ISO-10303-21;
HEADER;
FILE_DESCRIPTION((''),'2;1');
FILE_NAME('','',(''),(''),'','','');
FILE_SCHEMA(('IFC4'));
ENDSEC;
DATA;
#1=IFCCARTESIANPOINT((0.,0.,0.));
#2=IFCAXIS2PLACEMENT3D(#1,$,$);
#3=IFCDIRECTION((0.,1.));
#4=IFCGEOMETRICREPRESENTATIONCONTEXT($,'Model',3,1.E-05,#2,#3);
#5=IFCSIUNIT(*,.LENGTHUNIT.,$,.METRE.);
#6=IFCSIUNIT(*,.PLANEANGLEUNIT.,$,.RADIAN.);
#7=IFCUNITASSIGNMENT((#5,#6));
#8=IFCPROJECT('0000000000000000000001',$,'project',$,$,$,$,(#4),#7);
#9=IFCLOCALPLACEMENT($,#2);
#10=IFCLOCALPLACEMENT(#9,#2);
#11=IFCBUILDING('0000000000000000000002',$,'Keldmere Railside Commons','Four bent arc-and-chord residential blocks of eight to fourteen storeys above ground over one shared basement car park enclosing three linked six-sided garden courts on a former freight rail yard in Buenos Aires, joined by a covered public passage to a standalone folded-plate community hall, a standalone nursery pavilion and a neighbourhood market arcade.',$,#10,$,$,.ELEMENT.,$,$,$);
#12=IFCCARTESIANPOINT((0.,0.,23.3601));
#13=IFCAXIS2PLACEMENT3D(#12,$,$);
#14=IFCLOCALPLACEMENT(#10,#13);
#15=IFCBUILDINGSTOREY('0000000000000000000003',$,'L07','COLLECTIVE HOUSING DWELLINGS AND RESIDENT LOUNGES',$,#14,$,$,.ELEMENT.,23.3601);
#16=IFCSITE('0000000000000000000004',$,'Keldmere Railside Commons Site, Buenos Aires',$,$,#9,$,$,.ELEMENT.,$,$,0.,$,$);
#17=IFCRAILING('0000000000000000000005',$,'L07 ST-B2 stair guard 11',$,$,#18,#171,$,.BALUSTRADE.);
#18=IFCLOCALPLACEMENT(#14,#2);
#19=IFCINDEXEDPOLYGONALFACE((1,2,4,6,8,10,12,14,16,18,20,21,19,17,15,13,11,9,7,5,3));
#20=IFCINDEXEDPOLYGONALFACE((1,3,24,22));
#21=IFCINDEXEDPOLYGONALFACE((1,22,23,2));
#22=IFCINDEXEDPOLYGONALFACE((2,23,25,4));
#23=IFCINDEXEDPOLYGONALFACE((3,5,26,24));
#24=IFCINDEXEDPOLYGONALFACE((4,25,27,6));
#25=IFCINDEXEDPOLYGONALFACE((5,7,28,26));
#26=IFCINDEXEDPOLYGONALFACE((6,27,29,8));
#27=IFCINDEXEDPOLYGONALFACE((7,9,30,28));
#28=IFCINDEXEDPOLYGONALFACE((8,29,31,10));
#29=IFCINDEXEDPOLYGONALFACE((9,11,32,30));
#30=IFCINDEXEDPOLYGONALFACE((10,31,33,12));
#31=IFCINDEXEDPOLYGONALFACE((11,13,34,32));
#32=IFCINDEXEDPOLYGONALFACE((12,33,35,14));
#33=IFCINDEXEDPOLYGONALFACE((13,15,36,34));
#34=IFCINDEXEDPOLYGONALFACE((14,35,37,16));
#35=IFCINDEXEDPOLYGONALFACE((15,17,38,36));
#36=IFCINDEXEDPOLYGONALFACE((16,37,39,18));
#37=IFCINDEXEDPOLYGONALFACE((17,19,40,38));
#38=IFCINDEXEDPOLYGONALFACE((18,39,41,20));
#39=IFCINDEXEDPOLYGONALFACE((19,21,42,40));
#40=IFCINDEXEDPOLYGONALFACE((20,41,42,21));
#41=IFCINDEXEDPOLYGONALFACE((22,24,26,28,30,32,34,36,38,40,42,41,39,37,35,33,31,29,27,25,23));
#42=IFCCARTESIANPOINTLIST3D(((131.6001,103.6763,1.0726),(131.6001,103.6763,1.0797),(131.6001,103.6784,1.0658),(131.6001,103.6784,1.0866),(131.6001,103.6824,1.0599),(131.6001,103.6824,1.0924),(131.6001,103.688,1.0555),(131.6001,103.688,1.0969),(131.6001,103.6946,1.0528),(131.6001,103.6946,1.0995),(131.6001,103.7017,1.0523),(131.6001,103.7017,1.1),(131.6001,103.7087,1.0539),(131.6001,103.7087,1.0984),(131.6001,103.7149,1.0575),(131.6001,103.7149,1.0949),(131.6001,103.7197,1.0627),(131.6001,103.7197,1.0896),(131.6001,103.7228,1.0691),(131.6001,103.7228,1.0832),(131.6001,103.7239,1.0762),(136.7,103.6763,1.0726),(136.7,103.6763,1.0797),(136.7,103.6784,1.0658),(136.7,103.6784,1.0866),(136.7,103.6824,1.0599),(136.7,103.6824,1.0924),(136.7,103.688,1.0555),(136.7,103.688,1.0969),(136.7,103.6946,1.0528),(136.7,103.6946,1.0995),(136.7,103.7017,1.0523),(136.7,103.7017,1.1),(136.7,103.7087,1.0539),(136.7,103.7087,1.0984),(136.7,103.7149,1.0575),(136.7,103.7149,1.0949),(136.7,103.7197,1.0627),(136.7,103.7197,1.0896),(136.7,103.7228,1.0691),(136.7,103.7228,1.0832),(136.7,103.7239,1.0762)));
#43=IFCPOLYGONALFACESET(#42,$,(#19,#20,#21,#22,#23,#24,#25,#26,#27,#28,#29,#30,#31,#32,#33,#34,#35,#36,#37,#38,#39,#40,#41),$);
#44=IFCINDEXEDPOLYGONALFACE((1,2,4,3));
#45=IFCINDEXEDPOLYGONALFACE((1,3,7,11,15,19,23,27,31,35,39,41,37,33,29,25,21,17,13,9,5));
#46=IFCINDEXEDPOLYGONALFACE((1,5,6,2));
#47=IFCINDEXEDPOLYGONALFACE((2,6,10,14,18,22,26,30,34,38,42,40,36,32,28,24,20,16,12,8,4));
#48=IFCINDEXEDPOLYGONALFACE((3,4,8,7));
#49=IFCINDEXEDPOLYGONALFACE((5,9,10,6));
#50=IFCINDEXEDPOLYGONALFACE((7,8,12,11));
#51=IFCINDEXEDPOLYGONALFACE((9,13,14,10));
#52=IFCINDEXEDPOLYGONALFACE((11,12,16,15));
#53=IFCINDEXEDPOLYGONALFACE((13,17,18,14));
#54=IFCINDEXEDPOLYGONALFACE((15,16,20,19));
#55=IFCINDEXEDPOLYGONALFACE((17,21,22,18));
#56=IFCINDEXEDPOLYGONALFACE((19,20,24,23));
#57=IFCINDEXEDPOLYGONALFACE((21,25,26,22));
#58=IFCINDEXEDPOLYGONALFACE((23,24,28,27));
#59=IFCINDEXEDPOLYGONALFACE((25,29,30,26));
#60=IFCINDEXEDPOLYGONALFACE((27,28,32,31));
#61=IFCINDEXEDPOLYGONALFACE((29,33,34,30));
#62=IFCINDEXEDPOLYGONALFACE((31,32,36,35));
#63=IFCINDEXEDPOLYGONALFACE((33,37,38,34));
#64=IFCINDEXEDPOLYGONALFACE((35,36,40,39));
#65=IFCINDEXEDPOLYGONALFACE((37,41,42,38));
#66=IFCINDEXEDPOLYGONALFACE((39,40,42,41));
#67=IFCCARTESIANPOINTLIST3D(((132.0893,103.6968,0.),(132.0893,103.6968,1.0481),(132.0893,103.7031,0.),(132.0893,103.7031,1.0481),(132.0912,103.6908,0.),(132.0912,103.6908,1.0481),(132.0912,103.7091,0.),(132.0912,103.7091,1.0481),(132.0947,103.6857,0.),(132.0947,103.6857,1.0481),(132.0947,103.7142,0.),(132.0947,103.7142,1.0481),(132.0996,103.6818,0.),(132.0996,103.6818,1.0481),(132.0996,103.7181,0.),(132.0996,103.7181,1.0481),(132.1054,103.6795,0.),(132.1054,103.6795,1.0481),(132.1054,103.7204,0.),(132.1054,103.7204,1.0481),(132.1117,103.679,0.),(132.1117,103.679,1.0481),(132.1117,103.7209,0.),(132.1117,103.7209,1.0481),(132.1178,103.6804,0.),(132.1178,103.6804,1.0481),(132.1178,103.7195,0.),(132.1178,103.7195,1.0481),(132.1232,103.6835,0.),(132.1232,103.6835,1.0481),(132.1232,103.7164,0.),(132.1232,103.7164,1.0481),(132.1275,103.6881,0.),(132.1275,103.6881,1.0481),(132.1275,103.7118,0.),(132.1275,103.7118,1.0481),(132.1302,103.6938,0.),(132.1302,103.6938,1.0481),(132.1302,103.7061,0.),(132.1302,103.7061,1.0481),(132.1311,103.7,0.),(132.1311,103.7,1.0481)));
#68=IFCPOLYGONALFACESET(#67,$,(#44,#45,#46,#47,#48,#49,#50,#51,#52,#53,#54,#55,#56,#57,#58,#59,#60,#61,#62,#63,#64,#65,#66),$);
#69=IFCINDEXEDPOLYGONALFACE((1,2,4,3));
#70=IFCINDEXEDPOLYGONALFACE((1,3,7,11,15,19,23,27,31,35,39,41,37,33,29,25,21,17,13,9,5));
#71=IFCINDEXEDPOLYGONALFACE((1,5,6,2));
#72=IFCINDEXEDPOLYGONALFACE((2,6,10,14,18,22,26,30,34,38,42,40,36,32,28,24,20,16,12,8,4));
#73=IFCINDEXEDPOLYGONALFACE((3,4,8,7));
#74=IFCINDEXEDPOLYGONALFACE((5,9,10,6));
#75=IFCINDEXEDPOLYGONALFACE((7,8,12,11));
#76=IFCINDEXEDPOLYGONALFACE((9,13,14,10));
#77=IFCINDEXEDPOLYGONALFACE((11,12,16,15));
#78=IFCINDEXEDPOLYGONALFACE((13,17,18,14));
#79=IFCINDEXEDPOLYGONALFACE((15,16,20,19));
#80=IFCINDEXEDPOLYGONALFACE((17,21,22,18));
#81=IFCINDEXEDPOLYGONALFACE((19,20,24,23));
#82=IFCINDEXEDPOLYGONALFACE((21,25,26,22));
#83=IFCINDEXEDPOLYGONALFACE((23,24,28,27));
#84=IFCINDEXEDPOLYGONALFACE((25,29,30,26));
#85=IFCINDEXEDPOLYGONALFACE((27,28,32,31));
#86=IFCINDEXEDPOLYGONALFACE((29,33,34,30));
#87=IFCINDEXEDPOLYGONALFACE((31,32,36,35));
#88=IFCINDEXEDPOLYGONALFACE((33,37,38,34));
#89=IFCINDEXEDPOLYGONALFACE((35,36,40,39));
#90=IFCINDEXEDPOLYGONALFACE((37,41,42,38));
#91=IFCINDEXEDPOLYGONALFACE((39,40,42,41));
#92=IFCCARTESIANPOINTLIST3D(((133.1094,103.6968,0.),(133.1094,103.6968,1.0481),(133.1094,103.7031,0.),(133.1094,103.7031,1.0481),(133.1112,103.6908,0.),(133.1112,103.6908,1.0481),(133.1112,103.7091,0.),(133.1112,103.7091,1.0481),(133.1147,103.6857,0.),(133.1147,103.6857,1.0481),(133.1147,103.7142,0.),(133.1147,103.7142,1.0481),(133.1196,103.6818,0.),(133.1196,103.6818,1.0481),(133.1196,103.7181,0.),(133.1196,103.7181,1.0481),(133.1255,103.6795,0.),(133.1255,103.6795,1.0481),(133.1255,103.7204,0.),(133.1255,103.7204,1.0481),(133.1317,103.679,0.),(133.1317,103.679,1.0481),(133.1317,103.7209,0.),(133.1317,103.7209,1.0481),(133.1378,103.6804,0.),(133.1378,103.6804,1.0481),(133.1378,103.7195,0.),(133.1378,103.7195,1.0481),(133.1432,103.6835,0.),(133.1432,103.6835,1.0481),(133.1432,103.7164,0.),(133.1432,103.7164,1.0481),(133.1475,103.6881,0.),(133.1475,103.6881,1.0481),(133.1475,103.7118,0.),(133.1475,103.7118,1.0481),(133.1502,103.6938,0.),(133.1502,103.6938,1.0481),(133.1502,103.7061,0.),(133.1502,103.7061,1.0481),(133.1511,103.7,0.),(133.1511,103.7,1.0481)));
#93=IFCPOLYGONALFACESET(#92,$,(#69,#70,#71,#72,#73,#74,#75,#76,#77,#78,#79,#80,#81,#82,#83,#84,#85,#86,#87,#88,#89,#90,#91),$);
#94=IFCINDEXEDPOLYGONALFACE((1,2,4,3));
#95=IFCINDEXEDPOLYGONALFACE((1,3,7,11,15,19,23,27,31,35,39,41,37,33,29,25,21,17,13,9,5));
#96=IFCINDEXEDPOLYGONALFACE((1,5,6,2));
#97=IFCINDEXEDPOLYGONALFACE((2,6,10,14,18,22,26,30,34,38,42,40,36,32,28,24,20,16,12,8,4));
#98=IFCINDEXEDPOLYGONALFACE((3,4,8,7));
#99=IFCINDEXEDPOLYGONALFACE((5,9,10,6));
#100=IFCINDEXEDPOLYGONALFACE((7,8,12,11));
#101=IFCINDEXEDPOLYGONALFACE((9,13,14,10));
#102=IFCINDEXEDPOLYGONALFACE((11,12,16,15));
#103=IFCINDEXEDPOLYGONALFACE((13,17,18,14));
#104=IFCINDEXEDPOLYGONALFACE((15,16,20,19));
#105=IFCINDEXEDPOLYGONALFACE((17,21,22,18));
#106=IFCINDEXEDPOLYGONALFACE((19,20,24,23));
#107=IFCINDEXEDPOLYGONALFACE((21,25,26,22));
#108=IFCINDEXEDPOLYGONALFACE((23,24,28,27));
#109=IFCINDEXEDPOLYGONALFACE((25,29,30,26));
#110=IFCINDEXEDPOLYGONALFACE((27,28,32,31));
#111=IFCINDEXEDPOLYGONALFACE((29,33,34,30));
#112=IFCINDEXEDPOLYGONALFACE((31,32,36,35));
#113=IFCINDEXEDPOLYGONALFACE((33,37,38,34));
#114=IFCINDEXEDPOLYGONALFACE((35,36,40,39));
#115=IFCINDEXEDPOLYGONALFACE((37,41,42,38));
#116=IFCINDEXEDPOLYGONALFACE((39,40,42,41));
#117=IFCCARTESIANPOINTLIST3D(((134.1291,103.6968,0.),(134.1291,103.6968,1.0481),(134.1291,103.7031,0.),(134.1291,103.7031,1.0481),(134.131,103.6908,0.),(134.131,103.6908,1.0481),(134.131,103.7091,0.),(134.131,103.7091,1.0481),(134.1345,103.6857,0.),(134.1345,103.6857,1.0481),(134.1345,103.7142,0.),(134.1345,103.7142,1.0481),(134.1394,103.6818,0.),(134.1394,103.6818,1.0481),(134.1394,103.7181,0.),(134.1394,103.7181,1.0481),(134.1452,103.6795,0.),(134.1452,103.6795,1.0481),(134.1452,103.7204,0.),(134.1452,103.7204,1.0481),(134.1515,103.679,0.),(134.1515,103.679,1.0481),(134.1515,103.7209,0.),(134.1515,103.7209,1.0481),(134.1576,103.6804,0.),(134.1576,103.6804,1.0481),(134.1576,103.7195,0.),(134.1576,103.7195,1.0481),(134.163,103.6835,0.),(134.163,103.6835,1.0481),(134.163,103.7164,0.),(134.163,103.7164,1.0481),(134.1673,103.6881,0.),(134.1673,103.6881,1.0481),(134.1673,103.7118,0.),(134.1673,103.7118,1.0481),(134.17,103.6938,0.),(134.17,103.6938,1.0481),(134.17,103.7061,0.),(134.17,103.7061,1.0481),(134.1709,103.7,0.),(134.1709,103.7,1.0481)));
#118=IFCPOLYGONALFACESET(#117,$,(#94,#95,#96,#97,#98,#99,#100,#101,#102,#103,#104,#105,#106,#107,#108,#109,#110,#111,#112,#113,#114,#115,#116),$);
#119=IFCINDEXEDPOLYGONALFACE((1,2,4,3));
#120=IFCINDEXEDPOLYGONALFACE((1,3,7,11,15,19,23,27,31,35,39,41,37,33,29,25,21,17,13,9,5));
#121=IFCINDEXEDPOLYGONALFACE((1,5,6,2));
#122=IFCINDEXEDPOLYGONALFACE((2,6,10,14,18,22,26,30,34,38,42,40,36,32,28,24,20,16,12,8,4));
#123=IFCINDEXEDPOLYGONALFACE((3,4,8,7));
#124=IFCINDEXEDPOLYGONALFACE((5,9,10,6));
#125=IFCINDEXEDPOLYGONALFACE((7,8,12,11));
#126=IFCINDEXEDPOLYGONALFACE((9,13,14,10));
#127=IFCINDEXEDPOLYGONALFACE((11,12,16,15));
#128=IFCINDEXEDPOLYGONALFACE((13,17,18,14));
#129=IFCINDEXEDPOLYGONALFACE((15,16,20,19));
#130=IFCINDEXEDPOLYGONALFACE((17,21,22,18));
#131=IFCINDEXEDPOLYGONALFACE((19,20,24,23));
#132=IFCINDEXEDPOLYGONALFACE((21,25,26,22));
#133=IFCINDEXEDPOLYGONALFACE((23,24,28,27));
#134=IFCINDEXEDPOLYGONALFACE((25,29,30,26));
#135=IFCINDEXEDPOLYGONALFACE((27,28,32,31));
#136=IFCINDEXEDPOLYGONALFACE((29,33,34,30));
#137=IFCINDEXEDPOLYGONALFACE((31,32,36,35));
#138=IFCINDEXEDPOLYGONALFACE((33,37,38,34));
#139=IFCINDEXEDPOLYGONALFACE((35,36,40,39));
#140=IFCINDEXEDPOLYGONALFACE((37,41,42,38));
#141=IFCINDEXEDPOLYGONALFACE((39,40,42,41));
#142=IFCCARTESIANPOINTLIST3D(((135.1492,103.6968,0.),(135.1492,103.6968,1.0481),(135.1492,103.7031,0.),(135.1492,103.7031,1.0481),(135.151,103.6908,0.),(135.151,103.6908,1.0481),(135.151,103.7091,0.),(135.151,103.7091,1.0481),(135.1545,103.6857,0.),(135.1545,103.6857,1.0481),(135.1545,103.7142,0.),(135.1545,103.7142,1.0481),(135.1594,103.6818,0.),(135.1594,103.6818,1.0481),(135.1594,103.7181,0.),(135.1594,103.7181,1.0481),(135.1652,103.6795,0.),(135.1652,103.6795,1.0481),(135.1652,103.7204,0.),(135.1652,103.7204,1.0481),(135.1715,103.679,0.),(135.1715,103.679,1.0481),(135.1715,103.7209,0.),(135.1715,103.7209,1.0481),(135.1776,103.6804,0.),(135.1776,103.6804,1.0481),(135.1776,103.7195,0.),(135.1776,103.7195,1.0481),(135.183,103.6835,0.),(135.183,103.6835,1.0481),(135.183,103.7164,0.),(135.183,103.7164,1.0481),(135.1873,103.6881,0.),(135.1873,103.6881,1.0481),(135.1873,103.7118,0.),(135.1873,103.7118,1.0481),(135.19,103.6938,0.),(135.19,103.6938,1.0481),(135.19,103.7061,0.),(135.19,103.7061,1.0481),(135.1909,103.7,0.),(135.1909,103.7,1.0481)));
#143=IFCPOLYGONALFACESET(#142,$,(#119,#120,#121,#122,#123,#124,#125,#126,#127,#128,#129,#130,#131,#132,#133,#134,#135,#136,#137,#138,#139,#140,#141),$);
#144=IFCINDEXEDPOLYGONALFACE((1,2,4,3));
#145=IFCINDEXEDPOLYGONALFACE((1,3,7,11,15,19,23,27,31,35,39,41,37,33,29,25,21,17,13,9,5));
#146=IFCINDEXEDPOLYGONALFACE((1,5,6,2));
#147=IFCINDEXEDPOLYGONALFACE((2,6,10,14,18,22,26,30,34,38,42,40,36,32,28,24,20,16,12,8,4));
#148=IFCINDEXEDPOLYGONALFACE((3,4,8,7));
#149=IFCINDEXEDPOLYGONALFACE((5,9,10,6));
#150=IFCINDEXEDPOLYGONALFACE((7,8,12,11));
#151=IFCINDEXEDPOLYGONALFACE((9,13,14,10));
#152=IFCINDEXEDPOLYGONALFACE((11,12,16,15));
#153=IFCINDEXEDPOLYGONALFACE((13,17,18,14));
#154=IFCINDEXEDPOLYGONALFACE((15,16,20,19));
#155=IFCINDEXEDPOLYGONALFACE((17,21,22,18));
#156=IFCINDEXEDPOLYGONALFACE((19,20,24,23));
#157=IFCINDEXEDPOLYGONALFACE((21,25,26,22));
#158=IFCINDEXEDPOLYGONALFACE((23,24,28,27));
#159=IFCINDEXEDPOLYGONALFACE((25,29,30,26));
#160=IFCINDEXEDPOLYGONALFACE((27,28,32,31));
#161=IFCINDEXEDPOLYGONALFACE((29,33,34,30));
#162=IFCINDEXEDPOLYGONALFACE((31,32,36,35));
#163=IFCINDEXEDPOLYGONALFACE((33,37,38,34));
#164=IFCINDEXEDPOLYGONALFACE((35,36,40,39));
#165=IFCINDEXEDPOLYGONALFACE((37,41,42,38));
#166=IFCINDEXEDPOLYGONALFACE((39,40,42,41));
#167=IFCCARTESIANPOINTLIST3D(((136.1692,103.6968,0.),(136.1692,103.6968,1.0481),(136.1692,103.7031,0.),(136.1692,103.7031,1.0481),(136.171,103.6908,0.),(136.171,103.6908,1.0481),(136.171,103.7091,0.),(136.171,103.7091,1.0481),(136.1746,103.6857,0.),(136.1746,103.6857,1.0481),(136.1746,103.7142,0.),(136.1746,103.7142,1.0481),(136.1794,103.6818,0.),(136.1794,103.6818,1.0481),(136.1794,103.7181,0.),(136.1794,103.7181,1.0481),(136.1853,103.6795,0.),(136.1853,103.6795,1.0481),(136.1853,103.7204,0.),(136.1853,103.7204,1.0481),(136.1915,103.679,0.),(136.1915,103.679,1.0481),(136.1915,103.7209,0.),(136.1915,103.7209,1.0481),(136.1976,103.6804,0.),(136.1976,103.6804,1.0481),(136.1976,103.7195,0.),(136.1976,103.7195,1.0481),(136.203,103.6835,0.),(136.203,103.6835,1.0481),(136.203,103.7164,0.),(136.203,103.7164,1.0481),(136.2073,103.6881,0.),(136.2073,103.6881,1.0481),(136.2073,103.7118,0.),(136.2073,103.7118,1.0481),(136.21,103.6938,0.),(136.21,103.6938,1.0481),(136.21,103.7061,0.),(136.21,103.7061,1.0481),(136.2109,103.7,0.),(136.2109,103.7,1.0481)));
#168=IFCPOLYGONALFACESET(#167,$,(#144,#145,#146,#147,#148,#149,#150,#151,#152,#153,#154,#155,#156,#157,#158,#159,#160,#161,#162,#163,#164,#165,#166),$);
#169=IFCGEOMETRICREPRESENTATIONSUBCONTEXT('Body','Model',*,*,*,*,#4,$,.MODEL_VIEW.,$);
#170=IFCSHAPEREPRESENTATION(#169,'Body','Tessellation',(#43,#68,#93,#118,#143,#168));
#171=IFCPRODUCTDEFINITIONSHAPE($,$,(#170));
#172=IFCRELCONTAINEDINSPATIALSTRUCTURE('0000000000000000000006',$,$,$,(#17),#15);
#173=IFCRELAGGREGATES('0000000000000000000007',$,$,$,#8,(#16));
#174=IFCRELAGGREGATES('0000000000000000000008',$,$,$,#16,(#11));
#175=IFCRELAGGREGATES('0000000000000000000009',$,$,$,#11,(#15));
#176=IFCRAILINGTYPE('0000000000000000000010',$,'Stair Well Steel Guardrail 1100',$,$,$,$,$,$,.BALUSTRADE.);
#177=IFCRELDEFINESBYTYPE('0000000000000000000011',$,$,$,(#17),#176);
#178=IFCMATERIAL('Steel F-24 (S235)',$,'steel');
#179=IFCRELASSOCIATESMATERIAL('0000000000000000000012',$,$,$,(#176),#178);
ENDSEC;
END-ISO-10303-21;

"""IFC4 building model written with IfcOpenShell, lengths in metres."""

from ifc_helpers import new_model, si_unit, direction, frame, origin, origin_2d, place, context, subcontext, project, spatial, circle, extrude, material, type_object, element, save


model = new_model("IFC4")

# Units and contexts
model_context = context("Model", 3, precision=1e-05, world=origin(), true_north=direction((0.0, 1.0)))
body_context = subcontext(model_context, "Body", "Model", "MODEL_VIEW")
ifc_project = project(units=[si_unit("LENGTHUNIT", "METRE"), si_unit("PLANEANGLEUNIT", "RADIAN")], contexts=[model_context])

# Site, building, storey
site_placement = place(None, origin())
site = spatial("IfcSite", under=ifc_project, at=site_placement, Name="Keldmere Railside Commons Site, Buenos Aires", CompositionType="ELEMENT", RefElevation=0.0)
building_placement = place(site_placement, origin())
building = spatial("IfcBuilding", under=site, at=building_placement, Name="Keldmere Railside Commons", Description="Four bent arc-and-chord residential blocks of eight to fourteen storeys above ground over one shared basement car park enclosing three linked six-sided garden courts on a former freight rail yard in Buenos Aires, joined by a covered public passage to a standalone folded-plate community hall, a standalone nursery pavilion and a neighbourhood market arcade.", CompositionType="ELEMENT")
storey_placement = place(building_placement, frame((0.0, 0.0, 23.3601)))
storey = spatial("IfcBuildingStorey", under=building, at=storey_placement, Name="L07", Description="COLLECTIVE HOUSING DWELLINGS AND RESIDENT LOUNGES", CompositionType="ELEMENT", Elevation=23.3601)

# Shared definitions
ifc_material_1 = material(Name="Steel F-24 (S235)", Category="steel")

# Railing
railing_type_1 = type_object("IfcRailingType", Name="Stair Well Steel Guardrail 1100", PredefinedType="BALUSTRADE", material=ifc_material_1)
railing_1_placement = place(storey_placement, frame((131.6001, 103.7, 0.0)))
element("IfcRailing", 1, at=railing_1_placement, inside=storey, type_object=railing_type_1, Name="L07 ST-B2 stair guard 11", PredefinedType="BALUSTRADE", context=body_context, shape_type="SweptSolid", body=[
    extrude(circle(Radius=0.0239, at=origin_2d()), frame((0.0, 0.0, 1.0762), z_axis=(1.0, 0.0, 0.0), x_axis=(0.0, 1.0, 0.0)), (0.0, 0.0, 1.0), 5.0999),
    extrude(circle(Radius=0.021, at=origin_2d()), frame((0.51, 0.0, 0.0)), (0.0, 0.0, 1.0), 1.0481),
    extrude(circle(Radius=0.021, at=origin_2d()), frame((1.53, 0.0, 0.0)), (0.0, 0.0, 1.0), 1.0481),
    extrude(circle(Radius=0.021, at=origin_2d()), frame((2.5498, 0.0, 0.0)), (0.0, 0.0, 1.0), 1.0481),
    extrude(circle(Radius=0.021, at=origin_2d()), frame((3.5698, 0.0, 0.0)), (0.0, 0.0, 1.0), 1.0481),
    extrude(circle(Radius=0.021, at=origin_2d()), frame((4.5898, 0.0, 0.0)), (0.0, 0.0, 1.0), 1.0481),
])

save(model, "model.ifc")
